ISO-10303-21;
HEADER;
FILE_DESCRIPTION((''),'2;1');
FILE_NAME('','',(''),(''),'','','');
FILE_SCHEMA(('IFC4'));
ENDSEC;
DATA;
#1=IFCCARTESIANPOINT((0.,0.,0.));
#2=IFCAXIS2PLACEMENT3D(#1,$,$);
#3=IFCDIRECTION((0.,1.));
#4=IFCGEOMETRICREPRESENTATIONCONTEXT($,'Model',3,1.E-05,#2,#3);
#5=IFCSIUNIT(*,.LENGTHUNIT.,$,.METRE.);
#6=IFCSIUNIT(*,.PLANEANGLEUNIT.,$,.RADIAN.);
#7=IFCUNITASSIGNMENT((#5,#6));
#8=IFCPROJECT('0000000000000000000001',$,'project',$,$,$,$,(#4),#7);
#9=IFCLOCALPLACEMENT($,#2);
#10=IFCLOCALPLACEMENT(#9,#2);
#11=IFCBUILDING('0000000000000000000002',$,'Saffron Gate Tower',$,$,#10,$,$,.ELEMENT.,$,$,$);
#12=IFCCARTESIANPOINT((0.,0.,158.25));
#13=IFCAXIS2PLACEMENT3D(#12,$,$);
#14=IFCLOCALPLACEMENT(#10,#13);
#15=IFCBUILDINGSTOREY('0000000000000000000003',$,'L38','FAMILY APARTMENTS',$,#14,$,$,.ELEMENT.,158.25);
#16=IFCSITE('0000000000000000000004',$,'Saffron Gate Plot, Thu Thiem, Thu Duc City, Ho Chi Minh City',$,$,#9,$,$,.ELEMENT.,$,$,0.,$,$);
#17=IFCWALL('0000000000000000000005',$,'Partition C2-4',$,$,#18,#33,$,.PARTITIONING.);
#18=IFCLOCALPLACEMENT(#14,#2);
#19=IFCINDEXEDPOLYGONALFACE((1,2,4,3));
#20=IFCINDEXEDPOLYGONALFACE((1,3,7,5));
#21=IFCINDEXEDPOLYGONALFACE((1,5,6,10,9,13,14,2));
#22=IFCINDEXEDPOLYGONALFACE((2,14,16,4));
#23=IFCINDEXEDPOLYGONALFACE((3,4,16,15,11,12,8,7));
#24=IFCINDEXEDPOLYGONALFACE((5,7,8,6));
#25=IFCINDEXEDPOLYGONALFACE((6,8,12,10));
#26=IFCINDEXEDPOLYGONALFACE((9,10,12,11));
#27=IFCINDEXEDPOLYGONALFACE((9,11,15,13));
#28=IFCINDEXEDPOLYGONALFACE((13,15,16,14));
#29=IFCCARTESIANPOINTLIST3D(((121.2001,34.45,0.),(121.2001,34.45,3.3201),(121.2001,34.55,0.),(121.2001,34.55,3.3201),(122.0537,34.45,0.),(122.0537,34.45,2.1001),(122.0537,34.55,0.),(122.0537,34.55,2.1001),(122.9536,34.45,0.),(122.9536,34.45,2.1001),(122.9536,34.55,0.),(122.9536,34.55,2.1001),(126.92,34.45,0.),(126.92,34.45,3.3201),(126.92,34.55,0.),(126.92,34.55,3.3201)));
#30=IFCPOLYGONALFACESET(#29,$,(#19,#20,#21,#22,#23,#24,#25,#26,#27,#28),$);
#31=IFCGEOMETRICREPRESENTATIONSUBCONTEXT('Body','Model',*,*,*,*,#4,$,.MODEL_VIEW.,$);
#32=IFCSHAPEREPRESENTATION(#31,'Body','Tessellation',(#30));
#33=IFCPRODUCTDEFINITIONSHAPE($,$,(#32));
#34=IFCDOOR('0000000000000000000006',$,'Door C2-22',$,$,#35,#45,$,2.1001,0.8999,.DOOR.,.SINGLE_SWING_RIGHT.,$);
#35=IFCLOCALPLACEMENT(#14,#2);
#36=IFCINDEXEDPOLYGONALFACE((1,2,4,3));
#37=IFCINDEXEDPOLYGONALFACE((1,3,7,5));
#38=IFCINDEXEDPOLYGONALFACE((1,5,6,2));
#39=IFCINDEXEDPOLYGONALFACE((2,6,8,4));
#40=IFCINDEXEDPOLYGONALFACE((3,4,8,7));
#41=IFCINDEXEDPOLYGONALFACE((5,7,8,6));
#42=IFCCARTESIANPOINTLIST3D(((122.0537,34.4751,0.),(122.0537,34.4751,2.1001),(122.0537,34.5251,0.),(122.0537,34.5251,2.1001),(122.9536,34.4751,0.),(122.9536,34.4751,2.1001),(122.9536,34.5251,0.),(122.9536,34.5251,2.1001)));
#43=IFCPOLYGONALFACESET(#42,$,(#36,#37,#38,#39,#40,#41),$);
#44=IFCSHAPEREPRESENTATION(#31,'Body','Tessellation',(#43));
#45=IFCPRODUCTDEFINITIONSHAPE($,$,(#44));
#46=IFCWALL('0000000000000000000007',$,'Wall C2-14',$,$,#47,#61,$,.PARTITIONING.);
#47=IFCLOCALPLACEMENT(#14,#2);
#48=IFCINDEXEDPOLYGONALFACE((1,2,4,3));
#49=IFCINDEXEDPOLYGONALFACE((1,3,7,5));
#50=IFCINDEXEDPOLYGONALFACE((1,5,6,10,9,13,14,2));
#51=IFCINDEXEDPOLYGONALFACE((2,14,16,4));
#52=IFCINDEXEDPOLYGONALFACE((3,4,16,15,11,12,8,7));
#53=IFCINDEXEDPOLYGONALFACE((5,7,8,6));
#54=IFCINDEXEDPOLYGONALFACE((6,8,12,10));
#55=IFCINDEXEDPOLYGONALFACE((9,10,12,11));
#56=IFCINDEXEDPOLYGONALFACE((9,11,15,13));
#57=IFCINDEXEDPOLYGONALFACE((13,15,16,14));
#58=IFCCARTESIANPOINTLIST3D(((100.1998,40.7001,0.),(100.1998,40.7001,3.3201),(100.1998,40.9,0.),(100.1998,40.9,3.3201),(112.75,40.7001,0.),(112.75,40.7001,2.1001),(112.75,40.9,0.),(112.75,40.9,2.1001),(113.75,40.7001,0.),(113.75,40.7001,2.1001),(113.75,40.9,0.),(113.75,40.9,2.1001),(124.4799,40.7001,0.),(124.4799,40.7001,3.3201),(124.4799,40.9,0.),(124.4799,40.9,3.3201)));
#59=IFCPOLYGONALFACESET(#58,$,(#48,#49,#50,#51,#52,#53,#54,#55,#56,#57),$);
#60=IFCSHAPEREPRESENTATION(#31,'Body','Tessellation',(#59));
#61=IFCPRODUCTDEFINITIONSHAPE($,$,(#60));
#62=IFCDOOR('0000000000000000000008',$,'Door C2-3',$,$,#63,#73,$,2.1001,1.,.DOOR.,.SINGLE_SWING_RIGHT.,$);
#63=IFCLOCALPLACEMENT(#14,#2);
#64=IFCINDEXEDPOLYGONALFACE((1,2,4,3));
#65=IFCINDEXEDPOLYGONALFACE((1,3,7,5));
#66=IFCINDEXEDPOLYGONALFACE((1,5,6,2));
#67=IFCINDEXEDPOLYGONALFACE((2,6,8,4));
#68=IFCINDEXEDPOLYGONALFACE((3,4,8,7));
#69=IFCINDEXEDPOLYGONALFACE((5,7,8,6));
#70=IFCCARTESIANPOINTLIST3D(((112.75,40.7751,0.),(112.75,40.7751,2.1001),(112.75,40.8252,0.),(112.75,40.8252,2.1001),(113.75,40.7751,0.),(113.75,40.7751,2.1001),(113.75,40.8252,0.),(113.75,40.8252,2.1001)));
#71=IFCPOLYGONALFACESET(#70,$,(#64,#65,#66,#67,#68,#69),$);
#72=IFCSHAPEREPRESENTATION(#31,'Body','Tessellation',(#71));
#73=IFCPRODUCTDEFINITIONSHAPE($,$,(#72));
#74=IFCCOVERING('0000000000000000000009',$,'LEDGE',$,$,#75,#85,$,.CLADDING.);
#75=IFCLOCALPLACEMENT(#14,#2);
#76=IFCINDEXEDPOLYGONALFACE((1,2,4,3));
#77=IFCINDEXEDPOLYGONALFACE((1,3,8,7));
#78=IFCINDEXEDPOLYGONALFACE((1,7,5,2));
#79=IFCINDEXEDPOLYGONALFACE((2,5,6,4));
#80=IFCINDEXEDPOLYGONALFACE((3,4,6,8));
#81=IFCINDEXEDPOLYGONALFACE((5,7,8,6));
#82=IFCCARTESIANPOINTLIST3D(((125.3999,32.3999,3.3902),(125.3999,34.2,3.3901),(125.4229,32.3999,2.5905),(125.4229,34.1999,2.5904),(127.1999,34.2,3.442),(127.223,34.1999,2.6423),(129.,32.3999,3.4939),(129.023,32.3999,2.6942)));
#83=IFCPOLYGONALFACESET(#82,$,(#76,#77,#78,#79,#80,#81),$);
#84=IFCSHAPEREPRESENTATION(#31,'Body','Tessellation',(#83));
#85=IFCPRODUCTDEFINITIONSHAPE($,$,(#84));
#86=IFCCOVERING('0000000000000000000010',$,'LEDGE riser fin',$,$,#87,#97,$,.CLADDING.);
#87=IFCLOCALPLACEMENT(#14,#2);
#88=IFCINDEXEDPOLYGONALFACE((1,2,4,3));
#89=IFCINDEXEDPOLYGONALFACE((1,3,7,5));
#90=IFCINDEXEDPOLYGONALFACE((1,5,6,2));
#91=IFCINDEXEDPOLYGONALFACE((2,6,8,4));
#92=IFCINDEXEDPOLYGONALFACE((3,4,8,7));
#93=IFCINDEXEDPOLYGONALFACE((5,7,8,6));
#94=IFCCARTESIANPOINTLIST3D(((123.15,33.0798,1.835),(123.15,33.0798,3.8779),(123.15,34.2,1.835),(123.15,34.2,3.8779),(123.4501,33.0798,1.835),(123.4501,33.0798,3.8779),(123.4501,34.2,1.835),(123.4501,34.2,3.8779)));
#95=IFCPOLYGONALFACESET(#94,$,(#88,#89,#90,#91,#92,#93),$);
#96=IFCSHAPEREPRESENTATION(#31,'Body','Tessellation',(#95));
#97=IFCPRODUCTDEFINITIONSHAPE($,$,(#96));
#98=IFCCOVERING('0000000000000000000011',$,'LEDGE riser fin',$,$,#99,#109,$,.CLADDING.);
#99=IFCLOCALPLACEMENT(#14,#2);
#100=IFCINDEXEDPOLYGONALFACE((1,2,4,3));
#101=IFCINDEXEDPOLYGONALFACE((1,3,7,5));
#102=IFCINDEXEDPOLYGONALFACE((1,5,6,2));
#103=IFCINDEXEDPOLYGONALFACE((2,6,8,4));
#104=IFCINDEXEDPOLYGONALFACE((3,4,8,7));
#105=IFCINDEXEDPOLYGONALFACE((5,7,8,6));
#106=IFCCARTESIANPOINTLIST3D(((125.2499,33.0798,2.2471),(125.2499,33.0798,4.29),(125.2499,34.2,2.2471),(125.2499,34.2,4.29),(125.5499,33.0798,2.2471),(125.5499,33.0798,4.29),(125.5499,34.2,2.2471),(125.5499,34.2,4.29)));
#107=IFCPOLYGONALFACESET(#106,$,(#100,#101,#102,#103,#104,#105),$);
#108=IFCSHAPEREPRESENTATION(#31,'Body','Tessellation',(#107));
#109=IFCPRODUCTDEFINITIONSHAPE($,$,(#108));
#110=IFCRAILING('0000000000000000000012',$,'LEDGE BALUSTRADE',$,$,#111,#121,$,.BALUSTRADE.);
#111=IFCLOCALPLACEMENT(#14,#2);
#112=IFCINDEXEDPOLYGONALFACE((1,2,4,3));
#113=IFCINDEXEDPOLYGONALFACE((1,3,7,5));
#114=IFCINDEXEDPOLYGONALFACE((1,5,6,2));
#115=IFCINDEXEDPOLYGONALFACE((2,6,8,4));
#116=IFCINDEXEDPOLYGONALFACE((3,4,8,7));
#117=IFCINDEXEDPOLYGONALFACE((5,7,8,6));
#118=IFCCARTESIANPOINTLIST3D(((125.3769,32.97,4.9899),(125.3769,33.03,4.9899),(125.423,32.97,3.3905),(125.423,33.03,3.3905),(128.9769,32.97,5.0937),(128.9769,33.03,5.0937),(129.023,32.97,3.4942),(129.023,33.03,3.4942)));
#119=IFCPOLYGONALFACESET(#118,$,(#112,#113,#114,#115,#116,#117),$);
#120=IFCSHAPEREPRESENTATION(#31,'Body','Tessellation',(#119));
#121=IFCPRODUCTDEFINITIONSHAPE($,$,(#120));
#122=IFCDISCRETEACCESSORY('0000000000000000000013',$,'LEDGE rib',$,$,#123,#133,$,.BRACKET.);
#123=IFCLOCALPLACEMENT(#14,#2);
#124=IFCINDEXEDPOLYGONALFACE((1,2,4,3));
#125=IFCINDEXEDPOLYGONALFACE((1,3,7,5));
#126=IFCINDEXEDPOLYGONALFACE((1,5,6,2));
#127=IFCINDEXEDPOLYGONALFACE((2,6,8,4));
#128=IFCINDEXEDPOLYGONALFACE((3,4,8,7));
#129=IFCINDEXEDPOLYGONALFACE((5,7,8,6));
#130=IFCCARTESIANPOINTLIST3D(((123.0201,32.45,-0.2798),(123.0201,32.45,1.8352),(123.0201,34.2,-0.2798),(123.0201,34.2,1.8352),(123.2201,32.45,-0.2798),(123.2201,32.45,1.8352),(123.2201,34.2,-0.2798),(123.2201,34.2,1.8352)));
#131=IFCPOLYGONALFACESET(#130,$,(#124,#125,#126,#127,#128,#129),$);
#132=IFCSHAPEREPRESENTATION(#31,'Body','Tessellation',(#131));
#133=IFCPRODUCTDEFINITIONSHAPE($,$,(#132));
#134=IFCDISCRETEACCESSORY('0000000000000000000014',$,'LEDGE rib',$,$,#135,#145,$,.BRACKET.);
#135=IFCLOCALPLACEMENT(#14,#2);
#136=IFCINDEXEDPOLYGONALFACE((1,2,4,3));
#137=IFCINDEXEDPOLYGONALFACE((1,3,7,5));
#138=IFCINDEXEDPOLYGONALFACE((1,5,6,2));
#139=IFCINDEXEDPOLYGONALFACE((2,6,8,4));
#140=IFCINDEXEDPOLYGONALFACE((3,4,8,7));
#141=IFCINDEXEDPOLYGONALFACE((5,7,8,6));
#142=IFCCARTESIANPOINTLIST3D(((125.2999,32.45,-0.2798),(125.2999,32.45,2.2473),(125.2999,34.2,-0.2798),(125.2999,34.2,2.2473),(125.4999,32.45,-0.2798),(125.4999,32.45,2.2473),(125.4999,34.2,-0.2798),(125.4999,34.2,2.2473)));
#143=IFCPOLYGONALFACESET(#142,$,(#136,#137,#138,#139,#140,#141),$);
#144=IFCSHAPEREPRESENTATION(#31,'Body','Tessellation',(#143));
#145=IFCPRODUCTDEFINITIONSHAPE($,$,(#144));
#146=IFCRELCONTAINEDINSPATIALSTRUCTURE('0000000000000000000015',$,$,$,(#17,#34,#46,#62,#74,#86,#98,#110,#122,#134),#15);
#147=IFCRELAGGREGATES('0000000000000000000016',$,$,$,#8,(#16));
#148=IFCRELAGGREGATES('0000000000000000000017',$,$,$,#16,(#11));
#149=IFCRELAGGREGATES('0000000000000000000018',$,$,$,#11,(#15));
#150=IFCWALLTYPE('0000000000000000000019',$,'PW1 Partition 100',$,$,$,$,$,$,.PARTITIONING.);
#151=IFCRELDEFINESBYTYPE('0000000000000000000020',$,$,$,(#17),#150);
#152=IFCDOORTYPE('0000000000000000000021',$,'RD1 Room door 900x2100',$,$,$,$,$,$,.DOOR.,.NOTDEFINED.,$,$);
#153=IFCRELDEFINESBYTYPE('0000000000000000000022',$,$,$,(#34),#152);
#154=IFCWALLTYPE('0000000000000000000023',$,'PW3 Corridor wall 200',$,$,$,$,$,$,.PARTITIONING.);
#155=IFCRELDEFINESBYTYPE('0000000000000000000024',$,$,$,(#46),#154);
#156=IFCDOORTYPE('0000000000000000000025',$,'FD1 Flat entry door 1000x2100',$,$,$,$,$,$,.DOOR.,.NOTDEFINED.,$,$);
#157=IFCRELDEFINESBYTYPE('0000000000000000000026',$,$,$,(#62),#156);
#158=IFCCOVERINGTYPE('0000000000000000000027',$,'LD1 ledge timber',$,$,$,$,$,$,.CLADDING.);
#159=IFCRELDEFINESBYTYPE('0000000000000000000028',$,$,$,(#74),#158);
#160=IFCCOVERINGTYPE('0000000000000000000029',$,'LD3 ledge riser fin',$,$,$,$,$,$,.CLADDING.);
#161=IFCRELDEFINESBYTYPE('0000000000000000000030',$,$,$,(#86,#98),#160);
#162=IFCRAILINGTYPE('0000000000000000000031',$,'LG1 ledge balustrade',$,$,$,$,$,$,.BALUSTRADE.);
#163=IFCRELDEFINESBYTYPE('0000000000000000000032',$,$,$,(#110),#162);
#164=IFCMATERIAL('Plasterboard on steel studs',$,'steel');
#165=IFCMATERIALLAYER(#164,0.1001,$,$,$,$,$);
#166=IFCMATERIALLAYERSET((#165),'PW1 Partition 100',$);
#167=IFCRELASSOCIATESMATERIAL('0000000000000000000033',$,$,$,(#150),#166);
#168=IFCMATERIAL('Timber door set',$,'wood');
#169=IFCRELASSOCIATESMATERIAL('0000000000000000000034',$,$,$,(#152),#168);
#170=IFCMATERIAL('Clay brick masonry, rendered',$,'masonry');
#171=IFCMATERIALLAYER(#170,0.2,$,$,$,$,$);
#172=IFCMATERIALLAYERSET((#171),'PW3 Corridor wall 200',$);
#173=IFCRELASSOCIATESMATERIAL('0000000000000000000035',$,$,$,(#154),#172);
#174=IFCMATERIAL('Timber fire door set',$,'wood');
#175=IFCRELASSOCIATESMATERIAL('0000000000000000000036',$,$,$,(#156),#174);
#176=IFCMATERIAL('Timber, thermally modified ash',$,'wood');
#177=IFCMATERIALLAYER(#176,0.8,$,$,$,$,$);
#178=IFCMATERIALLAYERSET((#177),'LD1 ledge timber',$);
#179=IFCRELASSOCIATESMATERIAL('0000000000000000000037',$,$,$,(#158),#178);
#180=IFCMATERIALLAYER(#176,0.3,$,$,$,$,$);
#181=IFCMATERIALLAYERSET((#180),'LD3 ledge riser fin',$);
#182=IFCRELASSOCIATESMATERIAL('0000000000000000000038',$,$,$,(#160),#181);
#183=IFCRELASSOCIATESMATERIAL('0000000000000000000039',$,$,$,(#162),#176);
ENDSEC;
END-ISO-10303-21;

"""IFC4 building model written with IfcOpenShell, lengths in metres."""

from ifc_helpers import new_model, si_unit, direction, frame, frame_2d, origin, origin_2d, place, context, subcontext, project, spatial, polyline, rectangle, outline, extrude, material, layer, layer_set, type_object, element, fill, save


model = new_model("IFC4")

# Units and contexts
model_context = context("Model", 3, precision=1e-05, world=origin(), true_north=direction((0.0, 1.0)))
body_context = subcontext(model_context, "Body", "Model", "MODEL_VIEW")
ifc_project = project(units=[si_unit("LENGTHUNIT", "METRE"), si_unit("PLANEANGLEUNIT", "RADIAN")], contexts=[model_context])

# Site, building, storey
site_placement = place(None, origin())
site = spatial("IfcSite", under=ifc_project, at=site_placement, Name="Saffron Gate Plot, Thu Thiem, Thu Duc City, Ho Chi Minh City", CompositionType="ELEMENT", RefElevation=0.0)
building_placement = place(site_placement, origin())
building = spatial("IfcBuilding", under=site, at=building_placement, Name="Saffron Gate Tower", CompositionType="ELEMENT")
storey_placement = place(building_placement, frame((0.0, 0.0, 158.25)))
storey = spatial("IfcBuildingStorey", under=building, at=storey_placement, Name="L38", Description="FAMILY APARTMENTS", CompositionType="ELEMENT", Elevation=158.25)

# Walls, openings, doors
ifc_material_1 = material(Name="Plasterboard on steel studs", Category="steel")
ifc_layer_1 = layer(ifc_material_1, 0.1001)
ifc_layer_set_1 = layer_set([ifc_layer_1], Name="PW1 Partition 100")
wall_type_1 = type_object("IfcWallType", Name="PW1 Partition 100", PredefinedType="PARTITIONING", material=ifc_layer_set_1)
wall_1_placement = place(storey_placement, frame((126.9199, 34.5, 0.0), z_axis=(0.0, 0.0, 1.0), x_axis=(-1.0, 0.0, 0.0)))
wall_1 = element("IfcWall", 1, at=wall_1_placement, inside=storey, type_object=wall_type_1, Name="Partition C2-4", PredefinedType="PARTITIONING", context=body_context, shape_type="SweptSolid", body=[
    extrude(rectangle(XDim=5.72, YDim=0.1001, at=frame_2d((2.8599, 0.0))), origin(), (0.0, 0.0, 1.0), 3.3201),
])
opening_1_placement = place(wall_1_placement, frame((3.9663, 0.0, 0.0)))
opening_1 = element("IfcOpeningElement", 2, at=opening_1_placement, cuts=wall_1, PredefinedType="OPENING", context=body_context, shape_type="SweptSolid", body=[
    extrude(rectangle(XDim=0.8999, YDim=2.1001, at=frame_2d((0.45, 1.05))), frame((0.0, 0.0601, 0.0), z_axis=(0.0, -1.0, 0.0), x_axis=(1.0, 0.0, 0.0)), (0.0, 0.0, 1.0), 0.1201),
])
ifc_material_2 = material(Name="Timber door set", Category="wood")
door_type_1 = type_object("IfcDoorType", Name="RD1 Room door 900x2100", OperationType="NOTDEFINED", PredefinedType="DOOR", material=ifc_material_2)
door_1_placement = place(opening_1_placement, origin())
door_1 = element("IfcDoor", 3, at=door_1_placement, inside=storey, type_object=door_type_1, Name="Door C2-22", OperationType="SINGLE_SWING_RIGHT", OverallHeight=2.1001, OverallWidth=0.8999, PredefinedType="DOOR", context=body_context, shape_type="SweptSolid", body=[
    extrude(rectangle(XDim=0.8999, YDim=2.1001, at=frame_2d((0.45, 1.05))), frame((0.0, 0.0249, 0.0), z_axis=(0.0, -1.0, 0.0), x_axis=(1.0, 0.0, 0.0)), (0.0, 0.0, 1.0), 0.05),
])
fill(opening_1, door_1)
ifc_material_3 = material(Name="Clay brick masonry, rendered", Category="masonry")
ifc_layer_2 = layer(ifc_material_3, 0.2)
ifc_layer_set_2 = layer_set([ifc_layer_2], Name="PW3 Corridor wall 200")
wall_type_2 = type_object("IfcWallType", Name="PW3 Corridor wall 200", PredefinedType="PARTITIONING", material=ifc_layer_set_2)
wall_2_placement = place(storey_placement, frame((124.48, 40.8, 0.0), z_axis=(0.0, 0.0, 1.0), x_axis=(-1.0, 0.0, 0.0)))
wall_2 = element("IfcWall", 4, at=wall_2_placement, inside=storey, type_object=wall_type_2, Name="Wall C2-14", PredefinedType="PARTITIONING", context=body_context, shape_type="SweptSolid", body=[
    extrude(rectangle(XDim=24.28, YDim=0.2, at=frame_2d((12.1401, 0.0))), origin(), (0.0, 0.0, 1.0), 3.3201),
])
opening_2_placement = place(wall_2_placement, frame((10.73, 0.0, 0.0)))
opening_2 = element("IfcOpeningElement", 5, at=opening_2_placement, cuts=wall_2, PredefinedType="OPENING", context=body_context, shape_type="SweptSolid", body=[
    extrude(rectangle(XDim=1.0, YDim=2.1001, at=frame_2d((0.5, 1.05))), frame((0.0, 0.1099, 0.0), z_axis=(0.0, -1.0, 0.0), x_axis=(1.0, 0.0, 0.0)), (0.0, 0.0, 1.0), 0.22),
])
ifc_material_4 = material(Name="Timber fire door set", Category="wood")
door_type_2 = type_object("IfcDoorType", Name="FD1 Flat entry door 1000x2100", OperationType="NOTDEFINED", PredefinedType="DOOR", material=ifc_material_4)
door_2_placement = place(opening_2_placement, origin())
door_2 = element("IfcDoor", 6, at=door_2_placement, inside=storey, type_object=door_type_2, Name="Door C2-3", OperationType="SINGLE_SWING_RIGHT", OverallHeight=2.1001, OverallWidth=1.0, PredefinedType="DOOR", context=body_context, shape_type="SweptSolid", body=[
    extrude(rectangle(XDim=1.0, YDim=2.1001, at=frame_2d((0.5, 1.05))), frame((0.0, 0.0249, 0.0), z_axis=(0.0, -1.0, 0.0), x_axis=(1.0, 0.0, 0.0)), (0.0, 0.0, 1.0), 0.05),
])
fill(opening_2, door_2)

# Coverings
ifc_material_5 = material(Name="Timber, thermally modified ash", Category="wood")
ifc_layer_3 = layer(ifc_material_5, 0.8)
ifc_layer_set_3 = layer_set([ifc_layer_3], Name="LD1 ledge timber")
covering_type_1 = type_object("IfcCoveringType", Name="LD1 ledge timber", PredefinedType="CLADDING", material=ifc_layer_set_3)
covering_placement = place(storey_placement, frame((125.3999, 34.2, 3.3901), z_axis=(-0.028787, 0.000045, 0.999586), x_axis=(0.999586, 0.0, 0.028787)))
element("IfcCovering", 7, at=covering_placement, inside=storey, type_object=covering_type_1, Name="LEDGE", PredefinedType="CLADDING", context=body_context, shape_type="SweptSolid", body=[
    extrude(outline(polyline([(0.0, 0.0), (1.8008, 0.0), (3.6016, -1.8), (0.0, -1.8), (0.0, 0.0)])), origin(), (0.0, 0.0, -1.0), 0.8),
])
ifc_layer_4 = layer(ifc_material_5, 0.3)
ifc_layer_set_4 = layer_set([ifc_layer_4], Name="LD3 ledge riser fin")
covering_type_2 = type_object("IfcCoveringType", Name="LD3 ledge riser fin", PredefinedType="CLADDING", material=ifc_layer_set_4)
for number, where, z_axis, x_axis, name in (
    (8, (123.3, 33.6399, 1.835), (0.0, 0.0, 1.0), (1.0, 0.0, 0.0), "LEDGE riser fin"),
    (9, (125.3999, 33.6399, 2.2471), (0.0, 0.0, 1.0), (1.0, 0.0, 0.0), "LEDGE riser fin"),
):
    element("IfcCovering", number, at=place(storey_placement, frame(where, z_axis=z_axis, x_axis=x_axis)), inside=storey, type_object=covering_type_2, Name=name, PredefinedType="CLADDING", context=body_context, shape_type="SweptSolid", body=[
        extrude(rectangle(XDim=0.3, YDim=1.1201, at=origin_2d()), origin(), (0.0, 0.0, 1.0), 2.043),
    ])

# Railing
railing_type = type_object("IfcRailingType", Name="LG1 ledge balustrade", PredefinedType="BALUSTRADE", material=ifc_material_5)
railing_placement = place(storey_placement, frame((125.3999, 33.0, 3.3901)))
element("IfcRailing", 10, at=railing_placement, inside=storey, type_object=railing_type, Name="LEDGE BALUSTRADE", PredefinedType="BALUSTRADE", context=body_context, shape_type="SweptSolid", body=[
    extrude(rectangle(XDim=0.0601, YDim=1.6001, at=origin_2d()), frame((0.0, 0.0, 0.8), z_axis=(0.999585, 0.0, 0.028809), x_axis=(0.0, 1.0, 0.0)), (0.0, 0.0, 1.0), 3.6016),
])

# Discrete accessories
discrete_accessory_1_placement = place(storey_placement, frame((123.1201, 33.325, -0.2798), z_axis=(0.0, 0.0, 1.0), x_axis=(1.0, 0.0, 0.0)))
element("IfcDiscreteAccessory", 11, at=discrete_accessory_1_placement, inside=storey, Name="LEDGE rib", PredefinedType="BRACKET", context=body_context, shape_type="SweptSolid", body=[
    extrude(rectangle(XDim=0.2, YDim=1.75, at=origin_2d()), origin(), (0.0, 0.0, 1.0), 2.115),
])
discrete_accessory_2_placement = place(storey_placement, frame((125.3999, 33.325, -0.2798), z_axis=(0.0, 0.0, 1.0), x_axis=(1.0, 0.0, 0.0)))
element("IfcDiscreteAccessory", 12, at=discrete_accessory_2_placement, inside=storey, Name="LEDGE rib", PredefinedType="BRACKET", context=body_context, shape_type="SweptSolid", body=[
    extrude(rectangle(XDim=0.2, YDim=1.75, at=origin_2d()), origin(), (0.0, 0.0, 1.0), 2.5271),
])

save(model, "model.ifc")
